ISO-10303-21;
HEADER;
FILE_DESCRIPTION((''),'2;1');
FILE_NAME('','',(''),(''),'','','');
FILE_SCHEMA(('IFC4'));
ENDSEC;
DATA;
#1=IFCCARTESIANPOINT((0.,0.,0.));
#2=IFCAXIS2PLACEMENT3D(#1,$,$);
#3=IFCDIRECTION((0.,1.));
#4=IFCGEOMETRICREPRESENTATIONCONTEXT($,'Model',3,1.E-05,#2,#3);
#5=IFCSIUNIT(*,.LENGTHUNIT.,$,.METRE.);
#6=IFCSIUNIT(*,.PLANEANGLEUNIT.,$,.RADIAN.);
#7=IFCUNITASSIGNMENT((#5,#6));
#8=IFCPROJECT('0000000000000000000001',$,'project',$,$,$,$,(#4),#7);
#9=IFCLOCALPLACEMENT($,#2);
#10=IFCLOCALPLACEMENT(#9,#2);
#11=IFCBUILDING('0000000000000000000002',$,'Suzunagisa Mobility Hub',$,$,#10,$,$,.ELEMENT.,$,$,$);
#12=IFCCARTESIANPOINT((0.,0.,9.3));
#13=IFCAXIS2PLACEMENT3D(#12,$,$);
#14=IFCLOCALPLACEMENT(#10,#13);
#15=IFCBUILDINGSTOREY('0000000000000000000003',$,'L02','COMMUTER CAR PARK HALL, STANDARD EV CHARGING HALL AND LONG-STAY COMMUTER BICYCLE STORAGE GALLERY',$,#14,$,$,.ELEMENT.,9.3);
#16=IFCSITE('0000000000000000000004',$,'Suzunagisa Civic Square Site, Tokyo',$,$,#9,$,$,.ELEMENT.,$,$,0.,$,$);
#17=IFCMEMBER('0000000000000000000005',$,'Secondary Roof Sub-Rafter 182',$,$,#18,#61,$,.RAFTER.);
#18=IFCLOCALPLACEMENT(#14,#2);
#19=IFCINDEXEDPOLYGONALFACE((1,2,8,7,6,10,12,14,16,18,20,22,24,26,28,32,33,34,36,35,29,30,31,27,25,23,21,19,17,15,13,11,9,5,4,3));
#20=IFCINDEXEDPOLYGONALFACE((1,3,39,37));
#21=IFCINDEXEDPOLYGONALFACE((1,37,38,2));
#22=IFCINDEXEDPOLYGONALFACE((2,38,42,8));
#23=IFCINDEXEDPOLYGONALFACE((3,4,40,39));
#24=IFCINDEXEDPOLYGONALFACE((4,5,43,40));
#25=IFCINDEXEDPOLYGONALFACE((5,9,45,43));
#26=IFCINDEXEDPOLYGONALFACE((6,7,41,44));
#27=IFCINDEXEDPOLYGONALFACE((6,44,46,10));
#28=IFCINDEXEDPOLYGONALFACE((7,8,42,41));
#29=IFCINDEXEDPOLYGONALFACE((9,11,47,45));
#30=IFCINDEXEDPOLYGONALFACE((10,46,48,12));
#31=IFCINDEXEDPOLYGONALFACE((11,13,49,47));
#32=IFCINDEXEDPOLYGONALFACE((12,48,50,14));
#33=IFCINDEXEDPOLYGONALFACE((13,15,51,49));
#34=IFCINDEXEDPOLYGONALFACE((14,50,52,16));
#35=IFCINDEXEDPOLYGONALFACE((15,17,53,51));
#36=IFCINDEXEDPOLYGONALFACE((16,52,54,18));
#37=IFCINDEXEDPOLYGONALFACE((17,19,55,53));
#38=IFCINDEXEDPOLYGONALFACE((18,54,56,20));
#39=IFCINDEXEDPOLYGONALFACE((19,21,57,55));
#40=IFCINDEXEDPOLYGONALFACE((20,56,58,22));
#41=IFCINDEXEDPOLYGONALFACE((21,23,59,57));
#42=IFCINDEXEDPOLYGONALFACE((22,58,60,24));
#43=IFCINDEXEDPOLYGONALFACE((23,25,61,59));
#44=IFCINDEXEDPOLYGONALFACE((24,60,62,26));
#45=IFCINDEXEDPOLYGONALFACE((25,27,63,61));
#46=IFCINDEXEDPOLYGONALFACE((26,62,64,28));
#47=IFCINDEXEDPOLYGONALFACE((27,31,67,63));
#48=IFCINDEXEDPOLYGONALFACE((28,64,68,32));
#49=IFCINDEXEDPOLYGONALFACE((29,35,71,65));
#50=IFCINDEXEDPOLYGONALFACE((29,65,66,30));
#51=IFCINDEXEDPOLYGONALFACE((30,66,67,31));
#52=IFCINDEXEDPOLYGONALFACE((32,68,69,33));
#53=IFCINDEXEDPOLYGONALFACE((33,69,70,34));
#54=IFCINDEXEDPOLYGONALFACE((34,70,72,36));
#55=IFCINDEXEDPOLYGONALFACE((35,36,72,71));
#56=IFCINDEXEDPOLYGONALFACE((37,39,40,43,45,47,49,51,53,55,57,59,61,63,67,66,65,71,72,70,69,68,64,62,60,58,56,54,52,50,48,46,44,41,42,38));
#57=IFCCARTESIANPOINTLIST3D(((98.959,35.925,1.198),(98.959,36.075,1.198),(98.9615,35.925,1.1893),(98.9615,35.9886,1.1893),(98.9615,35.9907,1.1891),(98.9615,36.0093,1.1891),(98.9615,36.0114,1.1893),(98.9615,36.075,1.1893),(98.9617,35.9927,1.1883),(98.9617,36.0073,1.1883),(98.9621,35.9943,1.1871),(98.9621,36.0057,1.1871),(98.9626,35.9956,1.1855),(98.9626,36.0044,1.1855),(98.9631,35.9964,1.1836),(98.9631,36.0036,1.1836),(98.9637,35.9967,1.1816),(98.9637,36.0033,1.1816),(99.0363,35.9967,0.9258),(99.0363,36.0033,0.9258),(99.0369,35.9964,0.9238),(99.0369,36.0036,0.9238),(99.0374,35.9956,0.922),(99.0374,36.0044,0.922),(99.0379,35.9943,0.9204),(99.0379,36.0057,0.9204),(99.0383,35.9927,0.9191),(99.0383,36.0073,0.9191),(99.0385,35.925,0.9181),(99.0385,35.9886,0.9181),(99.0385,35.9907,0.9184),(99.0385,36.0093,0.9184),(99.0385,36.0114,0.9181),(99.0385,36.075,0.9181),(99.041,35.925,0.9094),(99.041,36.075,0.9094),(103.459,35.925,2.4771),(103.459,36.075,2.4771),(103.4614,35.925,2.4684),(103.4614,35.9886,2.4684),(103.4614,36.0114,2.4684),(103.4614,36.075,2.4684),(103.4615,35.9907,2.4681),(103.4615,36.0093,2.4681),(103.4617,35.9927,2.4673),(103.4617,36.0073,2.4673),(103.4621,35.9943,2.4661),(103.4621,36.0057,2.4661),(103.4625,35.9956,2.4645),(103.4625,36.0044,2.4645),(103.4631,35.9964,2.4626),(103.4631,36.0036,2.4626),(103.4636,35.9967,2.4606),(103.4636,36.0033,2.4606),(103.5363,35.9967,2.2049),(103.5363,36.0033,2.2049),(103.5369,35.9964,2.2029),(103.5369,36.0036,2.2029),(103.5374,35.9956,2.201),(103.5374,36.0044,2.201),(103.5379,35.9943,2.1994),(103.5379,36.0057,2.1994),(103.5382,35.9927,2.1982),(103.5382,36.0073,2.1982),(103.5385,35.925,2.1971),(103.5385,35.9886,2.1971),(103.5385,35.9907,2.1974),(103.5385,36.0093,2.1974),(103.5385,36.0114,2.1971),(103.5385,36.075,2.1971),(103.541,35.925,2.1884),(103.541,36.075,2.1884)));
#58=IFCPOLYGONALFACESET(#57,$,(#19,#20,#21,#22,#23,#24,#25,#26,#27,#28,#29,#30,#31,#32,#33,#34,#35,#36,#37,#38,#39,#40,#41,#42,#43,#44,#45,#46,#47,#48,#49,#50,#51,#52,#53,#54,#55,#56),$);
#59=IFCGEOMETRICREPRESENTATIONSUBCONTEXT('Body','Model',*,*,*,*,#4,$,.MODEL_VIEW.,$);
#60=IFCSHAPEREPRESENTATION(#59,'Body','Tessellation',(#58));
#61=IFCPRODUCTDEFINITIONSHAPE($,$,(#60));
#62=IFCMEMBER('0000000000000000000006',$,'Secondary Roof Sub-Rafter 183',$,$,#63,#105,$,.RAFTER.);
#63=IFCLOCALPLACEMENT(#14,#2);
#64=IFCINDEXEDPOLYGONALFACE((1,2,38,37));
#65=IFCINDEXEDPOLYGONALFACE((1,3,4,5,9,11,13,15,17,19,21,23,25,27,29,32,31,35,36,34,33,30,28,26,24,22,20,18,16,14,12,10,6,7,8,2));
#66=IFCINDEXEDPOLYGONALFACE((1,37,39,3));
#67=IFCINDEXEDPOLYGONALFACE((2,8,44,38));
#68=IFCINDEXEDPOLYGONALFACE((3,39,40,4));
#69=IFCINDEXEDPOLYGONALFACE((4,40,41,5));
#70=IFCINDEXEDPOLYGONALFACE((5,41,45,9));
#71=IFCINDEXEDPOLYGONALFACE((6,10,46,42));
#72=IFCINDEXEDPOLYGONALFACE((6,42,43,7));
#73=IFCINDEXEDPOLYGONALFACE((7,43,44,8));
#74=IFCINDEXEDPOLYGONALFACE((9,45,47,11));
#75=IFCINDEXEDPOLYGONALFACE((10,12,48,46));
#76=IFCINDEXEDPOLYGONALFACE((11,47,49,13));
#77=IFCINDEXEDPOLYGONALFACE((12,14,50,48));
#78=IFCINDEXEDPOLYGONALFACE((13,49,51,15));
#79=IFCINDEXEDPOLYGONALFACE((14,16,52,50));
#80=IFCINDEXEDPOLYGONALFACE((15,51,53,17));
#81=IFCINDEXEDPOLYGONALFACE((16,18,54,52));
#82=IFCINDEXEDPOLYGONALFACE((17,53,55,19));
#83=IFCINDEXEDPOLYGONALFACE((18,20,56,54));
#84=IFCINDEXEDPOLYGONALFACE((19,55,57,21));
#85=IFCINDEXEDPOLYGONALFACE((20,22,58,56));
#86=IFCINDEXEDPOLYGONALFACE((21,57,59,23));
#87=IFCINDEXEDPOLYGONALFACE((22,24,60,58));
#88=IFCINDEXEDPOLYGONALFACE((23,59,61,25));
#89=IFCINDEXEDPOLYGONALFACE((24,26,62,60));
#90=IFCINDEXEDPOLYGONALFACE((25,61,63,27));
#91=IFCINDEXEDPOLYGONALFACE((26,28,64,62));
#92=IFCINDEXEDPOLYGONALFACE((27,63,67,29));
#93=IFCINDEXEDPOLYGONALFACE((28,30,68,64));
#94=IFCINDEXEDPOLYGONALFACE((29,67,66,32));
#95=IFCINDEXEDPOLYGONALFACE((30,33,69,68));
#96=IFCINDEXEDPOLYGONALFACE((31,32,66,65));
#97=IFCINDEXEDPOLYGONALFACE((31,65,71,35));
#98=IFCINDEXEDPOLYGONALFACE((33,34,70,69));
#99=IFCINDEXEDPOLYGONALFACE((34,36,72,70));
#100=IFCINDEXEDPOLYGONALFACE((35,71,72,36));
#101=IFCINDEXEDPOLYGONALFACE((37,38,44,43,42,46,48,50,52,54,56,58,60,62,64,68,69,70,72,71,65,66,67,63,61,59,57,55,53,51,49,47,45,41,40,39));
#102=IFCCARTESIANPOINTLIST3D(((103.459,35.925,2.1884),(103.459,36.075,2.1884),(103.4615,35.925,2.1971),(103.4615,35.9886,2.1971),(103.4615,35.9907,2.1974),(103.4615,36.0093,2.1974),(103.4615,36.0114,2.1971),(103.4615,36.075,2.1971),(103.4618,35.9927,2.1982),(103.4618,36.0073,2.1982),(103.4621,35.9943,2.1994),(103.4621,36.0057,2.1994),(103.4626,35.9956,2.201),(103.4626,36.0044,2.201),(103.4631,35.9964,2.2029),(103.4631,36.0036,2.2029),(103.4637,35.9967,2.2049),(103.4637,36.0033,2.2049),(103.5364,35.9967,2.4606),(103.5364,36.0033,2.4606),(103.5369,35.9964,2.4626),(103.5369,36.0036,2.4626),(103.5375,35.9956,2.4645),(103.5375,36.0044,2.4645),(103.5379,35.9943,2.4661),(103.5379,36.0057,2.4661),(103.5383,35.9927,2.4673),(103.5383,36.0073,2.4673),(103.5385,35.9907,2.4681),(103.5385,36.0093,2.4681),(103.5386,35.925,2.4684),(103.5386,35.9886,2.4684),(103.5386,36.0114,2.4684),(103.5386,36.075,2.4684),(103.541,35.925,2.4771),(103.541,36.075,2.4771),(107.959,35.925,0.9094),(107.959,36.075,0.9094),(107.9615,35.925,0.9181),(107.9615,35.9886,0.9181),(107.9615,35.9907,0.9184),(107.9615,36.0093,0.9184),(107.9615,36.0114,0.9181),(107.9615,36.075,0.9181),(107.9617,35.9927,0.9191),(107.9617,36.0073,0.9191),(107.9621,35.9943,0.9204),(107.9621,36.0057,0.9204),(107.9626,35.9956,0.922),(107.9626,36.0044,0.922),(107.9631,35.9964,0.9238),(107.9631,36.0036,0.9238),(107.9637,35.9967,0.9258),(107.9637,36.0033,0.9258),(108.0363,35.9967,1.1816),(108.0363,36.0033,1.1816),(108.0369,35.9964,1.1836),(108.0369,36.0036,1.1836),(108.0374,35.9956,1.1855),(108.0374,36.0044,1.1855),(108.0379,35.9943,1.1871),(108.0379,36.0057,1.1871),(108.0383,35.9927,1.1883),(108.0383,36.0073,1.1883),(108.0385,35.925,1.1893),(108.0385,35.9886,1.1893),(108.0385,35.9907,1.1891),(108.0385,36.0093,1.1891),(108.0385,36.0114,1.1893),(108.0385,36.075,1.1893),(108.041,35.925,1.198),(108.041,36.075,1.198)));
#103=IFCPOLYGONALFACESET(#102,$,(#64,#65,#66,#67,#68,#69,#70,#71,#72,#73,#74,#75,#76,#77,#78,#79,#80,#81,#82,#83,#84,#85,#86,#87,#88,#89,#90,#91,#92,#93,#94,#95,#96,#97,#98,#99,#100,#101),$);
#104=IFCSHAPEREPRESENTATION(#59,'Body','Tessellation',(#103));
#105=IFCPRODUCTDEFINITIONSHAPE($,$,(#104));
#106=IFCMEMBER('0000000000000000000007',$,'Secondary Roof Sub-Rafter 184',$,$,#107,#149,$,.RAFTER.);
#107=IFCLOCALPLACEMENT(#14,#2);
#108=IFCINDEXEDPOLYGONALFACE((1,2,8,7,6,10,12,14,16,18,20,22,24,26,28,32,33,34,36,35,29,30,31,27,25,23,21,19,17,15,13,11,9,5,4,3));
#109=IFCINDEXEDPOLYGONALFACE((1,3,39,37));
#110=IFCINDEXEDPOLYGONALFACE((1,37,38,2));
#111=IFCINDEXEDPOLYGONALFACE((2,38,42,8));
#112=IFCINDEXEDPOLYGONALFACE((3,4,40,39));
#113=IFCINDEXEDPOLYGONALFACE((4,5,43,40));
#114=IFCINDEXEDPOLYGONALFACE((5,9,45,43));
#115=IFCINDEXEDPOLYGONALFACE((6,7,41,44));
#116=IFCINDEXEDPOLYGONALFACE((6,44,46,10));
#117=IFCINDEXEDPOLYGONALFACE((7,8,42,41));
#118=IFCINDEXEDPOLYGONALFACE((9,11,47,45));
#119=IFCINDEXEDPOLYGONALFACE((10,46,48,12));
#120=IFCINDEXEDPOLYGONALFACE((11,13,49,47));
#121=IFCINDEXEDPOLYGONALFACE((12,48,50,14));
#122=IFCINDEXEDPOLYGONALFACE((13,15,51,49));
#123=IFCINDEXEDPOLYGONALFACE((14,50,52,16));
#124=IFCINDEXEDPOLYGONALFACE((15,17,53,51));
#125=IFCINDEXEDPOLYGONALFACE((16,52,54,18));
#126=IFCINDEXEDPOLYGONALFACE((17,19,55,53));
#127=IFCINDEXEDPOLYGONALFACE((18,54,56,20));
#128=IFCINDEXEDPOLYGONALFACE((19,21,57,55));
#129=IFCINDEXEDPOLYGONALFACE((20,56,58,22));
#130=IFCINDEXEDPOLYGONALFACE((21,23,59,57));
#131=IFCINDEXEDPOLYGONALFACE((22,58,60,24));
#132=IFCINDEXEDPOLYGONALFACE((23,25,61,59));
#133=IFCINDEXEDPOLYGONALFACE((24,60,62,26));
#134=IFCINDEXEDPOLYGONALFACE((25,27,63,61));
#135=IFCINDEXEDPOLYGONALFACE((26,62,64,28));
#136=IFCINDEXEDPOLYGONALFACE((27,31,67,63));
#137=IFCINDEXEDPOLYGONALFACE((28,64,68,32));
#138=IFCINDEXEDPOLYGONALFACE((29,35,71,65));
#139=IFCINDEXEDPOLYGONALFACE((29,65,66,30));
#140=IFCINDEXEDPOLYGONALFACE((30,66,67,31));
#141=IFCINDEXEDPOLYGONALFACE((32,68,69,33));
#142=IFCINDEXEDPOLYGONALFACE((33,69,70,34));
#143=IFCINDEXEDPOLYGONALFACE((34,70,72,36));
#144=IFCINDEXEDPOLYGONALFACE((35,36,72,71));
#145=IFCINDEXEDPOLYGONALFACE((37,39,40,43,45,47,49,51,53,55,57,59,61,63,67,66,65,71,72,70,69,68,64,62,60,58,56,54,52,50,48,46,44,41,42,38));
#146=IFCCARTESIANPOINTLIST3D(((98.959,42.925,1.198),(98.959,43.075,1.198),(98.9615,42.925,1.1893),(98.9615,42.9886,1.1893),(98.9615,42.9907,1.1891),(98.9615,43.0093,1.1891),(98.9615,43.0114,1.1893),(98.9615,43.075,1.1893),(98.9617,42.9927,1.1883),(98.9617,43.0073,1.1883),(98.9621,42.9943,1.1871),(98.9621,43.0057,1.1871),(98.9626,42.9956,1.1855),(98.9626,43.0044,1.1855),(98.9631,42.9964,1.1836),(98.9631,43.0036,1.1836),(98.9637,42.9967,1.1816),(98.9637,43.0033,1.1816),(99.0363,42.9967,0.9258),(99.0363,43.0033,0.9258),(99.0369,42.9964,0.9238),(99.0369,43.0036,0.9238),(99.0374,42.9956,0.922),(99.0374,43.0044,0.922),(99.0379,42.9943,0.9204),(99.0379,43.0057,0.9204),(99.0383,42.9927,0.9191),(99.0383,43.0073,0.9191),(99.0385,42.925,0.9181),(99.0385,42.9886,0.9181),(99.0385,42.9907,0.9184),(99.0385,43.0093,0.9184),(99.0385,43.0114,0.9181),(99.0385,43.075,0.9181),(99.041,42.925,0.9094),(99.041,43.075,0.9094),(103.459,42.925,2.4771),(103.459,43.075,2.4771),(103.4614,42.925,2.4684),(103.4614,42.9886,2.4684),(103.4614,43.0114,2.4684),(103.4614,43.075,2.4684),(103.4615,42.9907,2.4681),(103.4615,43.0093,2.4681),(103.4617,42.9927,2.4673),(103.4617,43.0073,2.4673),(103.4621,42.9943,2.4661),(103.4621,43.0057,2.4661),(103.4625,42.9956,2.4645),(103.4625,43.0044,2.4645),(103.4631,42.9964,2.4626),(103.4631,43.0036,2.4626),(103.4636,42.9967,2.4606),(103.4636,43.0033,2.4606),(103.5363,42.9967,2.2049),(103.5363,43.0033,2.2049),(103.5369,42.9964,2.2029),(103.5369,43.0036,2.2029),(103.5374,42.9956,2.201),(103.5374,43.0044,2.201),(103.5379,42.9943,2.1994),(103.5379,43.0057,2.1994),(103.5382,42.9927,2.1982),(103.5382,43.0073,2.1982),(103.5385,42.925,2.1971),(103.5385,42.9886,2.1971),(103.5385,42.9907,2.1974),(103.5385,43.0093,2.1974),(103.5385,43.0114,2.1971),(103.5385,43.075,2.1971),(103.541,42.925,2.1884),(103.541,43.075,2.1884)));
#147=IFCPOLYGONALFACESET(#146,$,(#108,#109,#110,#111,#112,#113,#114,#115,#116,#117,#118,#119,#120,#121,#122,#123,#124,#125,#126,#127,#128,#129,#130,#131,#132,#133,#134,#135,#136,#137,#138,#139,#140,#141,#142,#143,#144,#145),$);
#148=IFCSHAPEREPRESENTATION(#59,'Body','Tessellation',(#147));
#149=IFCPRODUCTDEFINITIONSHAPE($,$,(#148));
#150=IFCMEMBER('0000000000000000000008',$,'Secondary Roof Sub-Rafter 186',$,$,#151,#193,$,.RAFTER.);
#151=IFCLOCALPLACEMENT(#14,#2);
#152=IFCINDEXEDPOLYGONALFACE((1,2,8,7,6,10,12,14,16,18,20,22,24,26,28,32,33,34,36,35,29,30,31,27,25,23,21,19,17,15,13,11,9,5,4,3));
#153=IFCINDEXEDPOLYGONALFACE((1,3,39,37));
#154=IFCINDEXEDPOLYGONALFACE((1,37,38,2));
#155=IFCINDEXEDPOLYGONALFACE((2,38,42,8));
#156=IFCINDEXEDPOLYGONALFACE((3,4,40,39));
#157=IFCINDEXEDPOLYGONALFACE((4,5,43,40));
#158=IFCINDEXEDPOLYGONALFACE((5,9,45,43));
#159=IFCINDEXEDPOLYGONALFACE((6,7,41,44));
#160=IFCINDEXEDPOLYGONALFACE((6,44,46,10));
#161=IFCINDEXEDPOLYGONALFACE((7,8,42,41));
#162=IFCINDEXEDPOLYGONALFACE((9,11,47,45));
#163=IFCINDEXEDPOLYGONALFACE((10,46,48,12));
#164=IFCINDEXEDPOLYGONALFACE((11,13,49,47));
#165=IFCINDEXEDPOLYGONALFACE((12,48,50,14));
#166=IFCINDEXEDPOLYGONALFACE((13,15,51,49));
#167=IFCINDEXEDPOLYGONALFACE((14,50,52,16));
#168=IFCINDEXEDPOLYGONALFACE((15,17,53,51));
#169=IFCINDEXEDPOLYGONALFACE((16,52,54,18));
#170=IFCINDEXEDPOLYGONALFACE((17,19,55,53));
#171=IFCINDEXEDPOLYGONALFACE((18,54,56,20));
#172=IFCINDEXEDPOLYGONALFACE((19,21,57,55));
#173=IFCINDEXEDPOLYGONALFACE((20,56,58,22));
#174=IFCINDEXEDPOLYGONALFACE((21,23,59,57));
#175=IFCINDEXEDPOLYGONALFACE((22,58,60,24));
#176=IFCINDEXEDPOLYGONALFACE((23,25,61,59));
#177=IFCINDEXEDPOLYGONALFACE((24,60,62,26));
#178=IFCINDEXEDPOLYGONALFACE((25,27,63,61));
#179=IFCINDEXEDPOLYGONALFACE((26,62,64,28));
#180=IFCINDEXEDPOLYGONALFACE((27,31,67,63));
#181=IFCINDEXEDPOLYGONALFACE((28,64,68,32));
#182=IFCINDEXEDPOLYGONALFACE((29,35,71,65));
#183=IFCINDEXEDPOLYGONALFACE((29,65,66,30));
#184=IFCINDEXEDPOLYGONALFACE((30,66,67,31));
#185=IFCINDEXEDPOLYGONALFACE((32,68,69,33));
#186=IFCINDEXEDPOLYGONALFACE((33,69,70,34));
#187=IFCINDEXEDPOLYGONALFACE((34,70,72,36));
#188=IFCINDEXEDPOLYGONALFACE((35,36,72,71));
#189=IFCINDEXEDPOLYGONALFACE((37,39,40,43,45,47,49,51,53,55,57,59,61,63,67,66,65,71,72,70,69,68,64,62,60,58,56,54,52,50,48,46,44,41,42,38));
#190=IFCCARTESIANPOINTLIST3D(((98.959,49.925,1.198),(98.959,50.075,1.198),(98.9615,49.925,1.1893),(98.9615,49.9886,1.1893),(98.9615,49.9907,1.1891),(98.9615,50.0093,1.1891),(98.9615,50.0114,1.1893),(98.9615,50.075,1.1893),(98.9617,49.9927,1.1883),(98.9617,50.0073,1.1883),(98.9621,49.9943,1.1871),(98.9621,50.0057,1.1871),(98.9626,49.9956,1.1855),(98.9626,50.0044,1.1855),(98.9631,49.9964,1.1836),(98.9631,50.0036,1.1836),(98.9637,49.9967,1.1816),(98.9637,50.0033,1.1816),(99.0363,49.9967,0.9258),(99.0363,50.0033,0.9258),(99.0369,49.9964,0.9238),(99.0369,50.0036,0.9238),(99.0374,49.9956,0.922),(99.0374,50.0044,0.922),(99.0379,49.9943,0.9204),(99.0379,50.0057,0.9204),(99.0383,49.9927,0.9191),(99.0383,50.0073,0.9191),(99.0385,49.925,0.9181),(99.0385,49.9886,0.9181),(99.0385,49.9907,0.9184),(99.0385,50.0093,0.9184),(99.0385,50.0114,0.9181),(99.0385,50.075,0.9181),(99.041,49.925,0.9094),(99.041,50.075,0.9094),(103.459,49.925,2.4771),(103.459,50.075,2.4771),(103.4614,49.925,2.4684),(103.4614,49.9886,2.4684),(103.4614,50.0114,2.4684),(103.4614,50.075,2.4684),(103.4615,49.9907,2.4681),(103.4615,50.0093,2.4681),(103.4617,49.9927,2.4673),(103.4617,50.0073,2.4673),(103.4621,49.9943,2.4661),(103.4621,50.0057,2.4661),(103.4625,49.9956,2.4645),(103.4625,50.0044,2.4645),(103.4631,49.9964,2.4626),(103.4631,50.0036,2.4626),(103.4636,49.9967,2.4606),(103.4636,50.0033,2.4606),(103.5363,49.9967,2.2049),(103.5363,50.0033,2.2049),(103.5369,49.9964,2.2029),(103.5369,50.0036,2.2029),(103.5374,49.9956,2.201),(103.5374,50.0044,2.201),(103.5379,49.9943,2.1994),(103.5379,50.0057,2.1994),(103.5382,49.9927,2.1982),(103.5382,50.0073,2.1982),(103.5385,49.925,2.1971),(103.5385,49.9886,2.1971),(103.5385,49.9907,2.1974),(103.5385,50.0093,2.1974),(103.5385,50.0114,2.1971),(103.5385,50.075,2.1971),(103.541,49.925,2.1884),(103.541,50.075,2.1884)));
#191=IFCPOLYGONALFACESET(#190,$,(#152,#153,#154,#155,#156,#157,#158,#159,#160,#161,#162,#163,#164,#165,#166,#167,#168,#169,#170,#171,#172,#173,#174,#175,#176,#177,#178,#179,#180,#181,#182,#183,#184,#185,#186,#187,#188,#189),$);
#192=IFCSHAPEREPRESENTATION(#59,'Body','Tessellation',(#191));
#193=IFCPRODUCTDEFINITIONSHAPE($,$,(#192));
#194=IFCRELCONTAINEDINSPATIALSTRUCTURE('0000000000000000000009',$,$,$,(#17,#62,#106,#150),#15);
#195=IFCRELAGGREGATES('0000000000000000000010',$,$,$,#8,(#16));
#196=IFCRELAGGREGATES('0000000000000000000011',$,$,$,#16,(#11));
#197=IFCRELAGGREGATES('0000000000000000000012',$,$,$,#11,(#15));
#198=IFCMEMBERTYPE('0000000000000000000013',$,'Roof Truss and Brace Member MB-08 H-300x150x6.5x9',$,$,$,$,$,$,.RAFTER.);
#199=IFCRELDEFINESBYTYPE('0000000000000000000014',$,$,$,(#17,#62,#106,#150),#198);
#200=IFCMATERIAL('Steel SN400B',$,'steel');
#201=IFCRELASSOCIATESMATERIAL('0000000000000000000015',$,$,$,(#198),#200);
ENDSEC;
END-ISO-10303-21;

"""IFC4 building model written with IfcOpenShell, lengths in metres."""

from ifc_helpers import new_model, si_unit, direction, frame, origin, origin_2d, place, context, subcontext, project, spatial, i_section, extrude, material, material_profile, profile_set, type_object, element, save


model = new_model("IFC4")

# Units and contexts
model_context = context("Model", 3, precision=1e-05, world=origin(), true_north=direction((0.0, 1.0)))
body_context = subcontext(model_context, "Body", "Model", "MODEL_VIEW")
ifc_project = project(units=[si_unit("LENGTHUNIT", "METRE"), si_unit("PLANEANGLEUNIT", "RADIAN")], contexts=[model_context])

# Site, building, storey
site_placement = place(None, origin())
site = spatial("IfcSite", under=ifc_project, at=site_placement, Name="Suzunagisa Civic Square Site, Tokyo", CompositionType="ELEMENT", RefElevation=0.0)
building_placement = place(site_placement, origin())
building = spatial("IfcBuilding", under=site, at=building_placement, Name="Suzunagisa Mobility Hub", CompositionType="ELEMENT")
storey_placement = place(building_placement, frame((0.0, 0.0, 9.3)))
storey = spatial("IfcBuildingStorey", under=building, at=storey_placement, Name="L02", Description="COMMUTER CAR PARK HALL, STANDARD EV CHARGING HALL AND LONG-STAY COMMUTER BICYCLE STORAGE GALLERY", CompositionType="ELEMENT", Elevation=9.3)

# Members
ifc_material_1 = material(Name="Steel SN400B", Category="steel")
ifc_material_profile_1 = material_profile(ifc_material_1, i_section(OverallWidth=0.1499, OverallDepth=0.3, WebThickness=0.0066, FlangeThickness=0.009, FilletRadius=0.0081, at=origin_2d()), Name="H-300x150x6.5x9")
ifc_profile_set_1 = profile_set([ifc_material_profile_1], Name="Steel SN400B")
member_type_1 = type_object("IfcMemberType", Name="Roof Truss and Brace Member MB-08 H-300x150x6.5x9", PredefinedType="RAFTER", material=ifc_profile_set_1)
for number, where, z_axis, x_axis, name in (
    (1, (99.0, 36.0, 1.0537), (0.961899, 0.0, 0.273404), (0.0, 1.0, 0.0), "Secondary Roof Sub-Rafter 182"),
    (2, (108.0, 36.0, 1.0537), (-0.961899, 0.0, 0.273404), (0.0, -1.0, 0.0), "Secondary Roof Sub-Rafter 183"),
    (3, (99.0, 43.0, 1.0537), (0.961899, 0.0, 0.273404), (0.0, 1.0, 0.0), "Secondary Roof Sub-Rafter 184"),
    (4, (99.0, 50.0, 1.0537), (0.961899, 0.0, 0.273404), (0.0, 1.0, 0.0), "Secondary Roof Sub-Rafter 186"),
):
    element("IfcMember", number, at=place(storey_placement, frame(where, z_axis=z_axis, x_axis=x_axis)), inside=storey, type_object=member_type_1, Name=name, PredefinedType="RAFTER", context=body_context, shape_type="SweptSolid", body=[
        extrude(i_section(OverallWidth=0.1499, OverallDepth=0.3, WebThickness=0.0066, FlangeThickness=0.009, FilletRadius=0.0081, at=origin_2d()), origin(), (0.0, 0.0, 1.0), 4.6782),
    ])

save(model, "model.ifc")
